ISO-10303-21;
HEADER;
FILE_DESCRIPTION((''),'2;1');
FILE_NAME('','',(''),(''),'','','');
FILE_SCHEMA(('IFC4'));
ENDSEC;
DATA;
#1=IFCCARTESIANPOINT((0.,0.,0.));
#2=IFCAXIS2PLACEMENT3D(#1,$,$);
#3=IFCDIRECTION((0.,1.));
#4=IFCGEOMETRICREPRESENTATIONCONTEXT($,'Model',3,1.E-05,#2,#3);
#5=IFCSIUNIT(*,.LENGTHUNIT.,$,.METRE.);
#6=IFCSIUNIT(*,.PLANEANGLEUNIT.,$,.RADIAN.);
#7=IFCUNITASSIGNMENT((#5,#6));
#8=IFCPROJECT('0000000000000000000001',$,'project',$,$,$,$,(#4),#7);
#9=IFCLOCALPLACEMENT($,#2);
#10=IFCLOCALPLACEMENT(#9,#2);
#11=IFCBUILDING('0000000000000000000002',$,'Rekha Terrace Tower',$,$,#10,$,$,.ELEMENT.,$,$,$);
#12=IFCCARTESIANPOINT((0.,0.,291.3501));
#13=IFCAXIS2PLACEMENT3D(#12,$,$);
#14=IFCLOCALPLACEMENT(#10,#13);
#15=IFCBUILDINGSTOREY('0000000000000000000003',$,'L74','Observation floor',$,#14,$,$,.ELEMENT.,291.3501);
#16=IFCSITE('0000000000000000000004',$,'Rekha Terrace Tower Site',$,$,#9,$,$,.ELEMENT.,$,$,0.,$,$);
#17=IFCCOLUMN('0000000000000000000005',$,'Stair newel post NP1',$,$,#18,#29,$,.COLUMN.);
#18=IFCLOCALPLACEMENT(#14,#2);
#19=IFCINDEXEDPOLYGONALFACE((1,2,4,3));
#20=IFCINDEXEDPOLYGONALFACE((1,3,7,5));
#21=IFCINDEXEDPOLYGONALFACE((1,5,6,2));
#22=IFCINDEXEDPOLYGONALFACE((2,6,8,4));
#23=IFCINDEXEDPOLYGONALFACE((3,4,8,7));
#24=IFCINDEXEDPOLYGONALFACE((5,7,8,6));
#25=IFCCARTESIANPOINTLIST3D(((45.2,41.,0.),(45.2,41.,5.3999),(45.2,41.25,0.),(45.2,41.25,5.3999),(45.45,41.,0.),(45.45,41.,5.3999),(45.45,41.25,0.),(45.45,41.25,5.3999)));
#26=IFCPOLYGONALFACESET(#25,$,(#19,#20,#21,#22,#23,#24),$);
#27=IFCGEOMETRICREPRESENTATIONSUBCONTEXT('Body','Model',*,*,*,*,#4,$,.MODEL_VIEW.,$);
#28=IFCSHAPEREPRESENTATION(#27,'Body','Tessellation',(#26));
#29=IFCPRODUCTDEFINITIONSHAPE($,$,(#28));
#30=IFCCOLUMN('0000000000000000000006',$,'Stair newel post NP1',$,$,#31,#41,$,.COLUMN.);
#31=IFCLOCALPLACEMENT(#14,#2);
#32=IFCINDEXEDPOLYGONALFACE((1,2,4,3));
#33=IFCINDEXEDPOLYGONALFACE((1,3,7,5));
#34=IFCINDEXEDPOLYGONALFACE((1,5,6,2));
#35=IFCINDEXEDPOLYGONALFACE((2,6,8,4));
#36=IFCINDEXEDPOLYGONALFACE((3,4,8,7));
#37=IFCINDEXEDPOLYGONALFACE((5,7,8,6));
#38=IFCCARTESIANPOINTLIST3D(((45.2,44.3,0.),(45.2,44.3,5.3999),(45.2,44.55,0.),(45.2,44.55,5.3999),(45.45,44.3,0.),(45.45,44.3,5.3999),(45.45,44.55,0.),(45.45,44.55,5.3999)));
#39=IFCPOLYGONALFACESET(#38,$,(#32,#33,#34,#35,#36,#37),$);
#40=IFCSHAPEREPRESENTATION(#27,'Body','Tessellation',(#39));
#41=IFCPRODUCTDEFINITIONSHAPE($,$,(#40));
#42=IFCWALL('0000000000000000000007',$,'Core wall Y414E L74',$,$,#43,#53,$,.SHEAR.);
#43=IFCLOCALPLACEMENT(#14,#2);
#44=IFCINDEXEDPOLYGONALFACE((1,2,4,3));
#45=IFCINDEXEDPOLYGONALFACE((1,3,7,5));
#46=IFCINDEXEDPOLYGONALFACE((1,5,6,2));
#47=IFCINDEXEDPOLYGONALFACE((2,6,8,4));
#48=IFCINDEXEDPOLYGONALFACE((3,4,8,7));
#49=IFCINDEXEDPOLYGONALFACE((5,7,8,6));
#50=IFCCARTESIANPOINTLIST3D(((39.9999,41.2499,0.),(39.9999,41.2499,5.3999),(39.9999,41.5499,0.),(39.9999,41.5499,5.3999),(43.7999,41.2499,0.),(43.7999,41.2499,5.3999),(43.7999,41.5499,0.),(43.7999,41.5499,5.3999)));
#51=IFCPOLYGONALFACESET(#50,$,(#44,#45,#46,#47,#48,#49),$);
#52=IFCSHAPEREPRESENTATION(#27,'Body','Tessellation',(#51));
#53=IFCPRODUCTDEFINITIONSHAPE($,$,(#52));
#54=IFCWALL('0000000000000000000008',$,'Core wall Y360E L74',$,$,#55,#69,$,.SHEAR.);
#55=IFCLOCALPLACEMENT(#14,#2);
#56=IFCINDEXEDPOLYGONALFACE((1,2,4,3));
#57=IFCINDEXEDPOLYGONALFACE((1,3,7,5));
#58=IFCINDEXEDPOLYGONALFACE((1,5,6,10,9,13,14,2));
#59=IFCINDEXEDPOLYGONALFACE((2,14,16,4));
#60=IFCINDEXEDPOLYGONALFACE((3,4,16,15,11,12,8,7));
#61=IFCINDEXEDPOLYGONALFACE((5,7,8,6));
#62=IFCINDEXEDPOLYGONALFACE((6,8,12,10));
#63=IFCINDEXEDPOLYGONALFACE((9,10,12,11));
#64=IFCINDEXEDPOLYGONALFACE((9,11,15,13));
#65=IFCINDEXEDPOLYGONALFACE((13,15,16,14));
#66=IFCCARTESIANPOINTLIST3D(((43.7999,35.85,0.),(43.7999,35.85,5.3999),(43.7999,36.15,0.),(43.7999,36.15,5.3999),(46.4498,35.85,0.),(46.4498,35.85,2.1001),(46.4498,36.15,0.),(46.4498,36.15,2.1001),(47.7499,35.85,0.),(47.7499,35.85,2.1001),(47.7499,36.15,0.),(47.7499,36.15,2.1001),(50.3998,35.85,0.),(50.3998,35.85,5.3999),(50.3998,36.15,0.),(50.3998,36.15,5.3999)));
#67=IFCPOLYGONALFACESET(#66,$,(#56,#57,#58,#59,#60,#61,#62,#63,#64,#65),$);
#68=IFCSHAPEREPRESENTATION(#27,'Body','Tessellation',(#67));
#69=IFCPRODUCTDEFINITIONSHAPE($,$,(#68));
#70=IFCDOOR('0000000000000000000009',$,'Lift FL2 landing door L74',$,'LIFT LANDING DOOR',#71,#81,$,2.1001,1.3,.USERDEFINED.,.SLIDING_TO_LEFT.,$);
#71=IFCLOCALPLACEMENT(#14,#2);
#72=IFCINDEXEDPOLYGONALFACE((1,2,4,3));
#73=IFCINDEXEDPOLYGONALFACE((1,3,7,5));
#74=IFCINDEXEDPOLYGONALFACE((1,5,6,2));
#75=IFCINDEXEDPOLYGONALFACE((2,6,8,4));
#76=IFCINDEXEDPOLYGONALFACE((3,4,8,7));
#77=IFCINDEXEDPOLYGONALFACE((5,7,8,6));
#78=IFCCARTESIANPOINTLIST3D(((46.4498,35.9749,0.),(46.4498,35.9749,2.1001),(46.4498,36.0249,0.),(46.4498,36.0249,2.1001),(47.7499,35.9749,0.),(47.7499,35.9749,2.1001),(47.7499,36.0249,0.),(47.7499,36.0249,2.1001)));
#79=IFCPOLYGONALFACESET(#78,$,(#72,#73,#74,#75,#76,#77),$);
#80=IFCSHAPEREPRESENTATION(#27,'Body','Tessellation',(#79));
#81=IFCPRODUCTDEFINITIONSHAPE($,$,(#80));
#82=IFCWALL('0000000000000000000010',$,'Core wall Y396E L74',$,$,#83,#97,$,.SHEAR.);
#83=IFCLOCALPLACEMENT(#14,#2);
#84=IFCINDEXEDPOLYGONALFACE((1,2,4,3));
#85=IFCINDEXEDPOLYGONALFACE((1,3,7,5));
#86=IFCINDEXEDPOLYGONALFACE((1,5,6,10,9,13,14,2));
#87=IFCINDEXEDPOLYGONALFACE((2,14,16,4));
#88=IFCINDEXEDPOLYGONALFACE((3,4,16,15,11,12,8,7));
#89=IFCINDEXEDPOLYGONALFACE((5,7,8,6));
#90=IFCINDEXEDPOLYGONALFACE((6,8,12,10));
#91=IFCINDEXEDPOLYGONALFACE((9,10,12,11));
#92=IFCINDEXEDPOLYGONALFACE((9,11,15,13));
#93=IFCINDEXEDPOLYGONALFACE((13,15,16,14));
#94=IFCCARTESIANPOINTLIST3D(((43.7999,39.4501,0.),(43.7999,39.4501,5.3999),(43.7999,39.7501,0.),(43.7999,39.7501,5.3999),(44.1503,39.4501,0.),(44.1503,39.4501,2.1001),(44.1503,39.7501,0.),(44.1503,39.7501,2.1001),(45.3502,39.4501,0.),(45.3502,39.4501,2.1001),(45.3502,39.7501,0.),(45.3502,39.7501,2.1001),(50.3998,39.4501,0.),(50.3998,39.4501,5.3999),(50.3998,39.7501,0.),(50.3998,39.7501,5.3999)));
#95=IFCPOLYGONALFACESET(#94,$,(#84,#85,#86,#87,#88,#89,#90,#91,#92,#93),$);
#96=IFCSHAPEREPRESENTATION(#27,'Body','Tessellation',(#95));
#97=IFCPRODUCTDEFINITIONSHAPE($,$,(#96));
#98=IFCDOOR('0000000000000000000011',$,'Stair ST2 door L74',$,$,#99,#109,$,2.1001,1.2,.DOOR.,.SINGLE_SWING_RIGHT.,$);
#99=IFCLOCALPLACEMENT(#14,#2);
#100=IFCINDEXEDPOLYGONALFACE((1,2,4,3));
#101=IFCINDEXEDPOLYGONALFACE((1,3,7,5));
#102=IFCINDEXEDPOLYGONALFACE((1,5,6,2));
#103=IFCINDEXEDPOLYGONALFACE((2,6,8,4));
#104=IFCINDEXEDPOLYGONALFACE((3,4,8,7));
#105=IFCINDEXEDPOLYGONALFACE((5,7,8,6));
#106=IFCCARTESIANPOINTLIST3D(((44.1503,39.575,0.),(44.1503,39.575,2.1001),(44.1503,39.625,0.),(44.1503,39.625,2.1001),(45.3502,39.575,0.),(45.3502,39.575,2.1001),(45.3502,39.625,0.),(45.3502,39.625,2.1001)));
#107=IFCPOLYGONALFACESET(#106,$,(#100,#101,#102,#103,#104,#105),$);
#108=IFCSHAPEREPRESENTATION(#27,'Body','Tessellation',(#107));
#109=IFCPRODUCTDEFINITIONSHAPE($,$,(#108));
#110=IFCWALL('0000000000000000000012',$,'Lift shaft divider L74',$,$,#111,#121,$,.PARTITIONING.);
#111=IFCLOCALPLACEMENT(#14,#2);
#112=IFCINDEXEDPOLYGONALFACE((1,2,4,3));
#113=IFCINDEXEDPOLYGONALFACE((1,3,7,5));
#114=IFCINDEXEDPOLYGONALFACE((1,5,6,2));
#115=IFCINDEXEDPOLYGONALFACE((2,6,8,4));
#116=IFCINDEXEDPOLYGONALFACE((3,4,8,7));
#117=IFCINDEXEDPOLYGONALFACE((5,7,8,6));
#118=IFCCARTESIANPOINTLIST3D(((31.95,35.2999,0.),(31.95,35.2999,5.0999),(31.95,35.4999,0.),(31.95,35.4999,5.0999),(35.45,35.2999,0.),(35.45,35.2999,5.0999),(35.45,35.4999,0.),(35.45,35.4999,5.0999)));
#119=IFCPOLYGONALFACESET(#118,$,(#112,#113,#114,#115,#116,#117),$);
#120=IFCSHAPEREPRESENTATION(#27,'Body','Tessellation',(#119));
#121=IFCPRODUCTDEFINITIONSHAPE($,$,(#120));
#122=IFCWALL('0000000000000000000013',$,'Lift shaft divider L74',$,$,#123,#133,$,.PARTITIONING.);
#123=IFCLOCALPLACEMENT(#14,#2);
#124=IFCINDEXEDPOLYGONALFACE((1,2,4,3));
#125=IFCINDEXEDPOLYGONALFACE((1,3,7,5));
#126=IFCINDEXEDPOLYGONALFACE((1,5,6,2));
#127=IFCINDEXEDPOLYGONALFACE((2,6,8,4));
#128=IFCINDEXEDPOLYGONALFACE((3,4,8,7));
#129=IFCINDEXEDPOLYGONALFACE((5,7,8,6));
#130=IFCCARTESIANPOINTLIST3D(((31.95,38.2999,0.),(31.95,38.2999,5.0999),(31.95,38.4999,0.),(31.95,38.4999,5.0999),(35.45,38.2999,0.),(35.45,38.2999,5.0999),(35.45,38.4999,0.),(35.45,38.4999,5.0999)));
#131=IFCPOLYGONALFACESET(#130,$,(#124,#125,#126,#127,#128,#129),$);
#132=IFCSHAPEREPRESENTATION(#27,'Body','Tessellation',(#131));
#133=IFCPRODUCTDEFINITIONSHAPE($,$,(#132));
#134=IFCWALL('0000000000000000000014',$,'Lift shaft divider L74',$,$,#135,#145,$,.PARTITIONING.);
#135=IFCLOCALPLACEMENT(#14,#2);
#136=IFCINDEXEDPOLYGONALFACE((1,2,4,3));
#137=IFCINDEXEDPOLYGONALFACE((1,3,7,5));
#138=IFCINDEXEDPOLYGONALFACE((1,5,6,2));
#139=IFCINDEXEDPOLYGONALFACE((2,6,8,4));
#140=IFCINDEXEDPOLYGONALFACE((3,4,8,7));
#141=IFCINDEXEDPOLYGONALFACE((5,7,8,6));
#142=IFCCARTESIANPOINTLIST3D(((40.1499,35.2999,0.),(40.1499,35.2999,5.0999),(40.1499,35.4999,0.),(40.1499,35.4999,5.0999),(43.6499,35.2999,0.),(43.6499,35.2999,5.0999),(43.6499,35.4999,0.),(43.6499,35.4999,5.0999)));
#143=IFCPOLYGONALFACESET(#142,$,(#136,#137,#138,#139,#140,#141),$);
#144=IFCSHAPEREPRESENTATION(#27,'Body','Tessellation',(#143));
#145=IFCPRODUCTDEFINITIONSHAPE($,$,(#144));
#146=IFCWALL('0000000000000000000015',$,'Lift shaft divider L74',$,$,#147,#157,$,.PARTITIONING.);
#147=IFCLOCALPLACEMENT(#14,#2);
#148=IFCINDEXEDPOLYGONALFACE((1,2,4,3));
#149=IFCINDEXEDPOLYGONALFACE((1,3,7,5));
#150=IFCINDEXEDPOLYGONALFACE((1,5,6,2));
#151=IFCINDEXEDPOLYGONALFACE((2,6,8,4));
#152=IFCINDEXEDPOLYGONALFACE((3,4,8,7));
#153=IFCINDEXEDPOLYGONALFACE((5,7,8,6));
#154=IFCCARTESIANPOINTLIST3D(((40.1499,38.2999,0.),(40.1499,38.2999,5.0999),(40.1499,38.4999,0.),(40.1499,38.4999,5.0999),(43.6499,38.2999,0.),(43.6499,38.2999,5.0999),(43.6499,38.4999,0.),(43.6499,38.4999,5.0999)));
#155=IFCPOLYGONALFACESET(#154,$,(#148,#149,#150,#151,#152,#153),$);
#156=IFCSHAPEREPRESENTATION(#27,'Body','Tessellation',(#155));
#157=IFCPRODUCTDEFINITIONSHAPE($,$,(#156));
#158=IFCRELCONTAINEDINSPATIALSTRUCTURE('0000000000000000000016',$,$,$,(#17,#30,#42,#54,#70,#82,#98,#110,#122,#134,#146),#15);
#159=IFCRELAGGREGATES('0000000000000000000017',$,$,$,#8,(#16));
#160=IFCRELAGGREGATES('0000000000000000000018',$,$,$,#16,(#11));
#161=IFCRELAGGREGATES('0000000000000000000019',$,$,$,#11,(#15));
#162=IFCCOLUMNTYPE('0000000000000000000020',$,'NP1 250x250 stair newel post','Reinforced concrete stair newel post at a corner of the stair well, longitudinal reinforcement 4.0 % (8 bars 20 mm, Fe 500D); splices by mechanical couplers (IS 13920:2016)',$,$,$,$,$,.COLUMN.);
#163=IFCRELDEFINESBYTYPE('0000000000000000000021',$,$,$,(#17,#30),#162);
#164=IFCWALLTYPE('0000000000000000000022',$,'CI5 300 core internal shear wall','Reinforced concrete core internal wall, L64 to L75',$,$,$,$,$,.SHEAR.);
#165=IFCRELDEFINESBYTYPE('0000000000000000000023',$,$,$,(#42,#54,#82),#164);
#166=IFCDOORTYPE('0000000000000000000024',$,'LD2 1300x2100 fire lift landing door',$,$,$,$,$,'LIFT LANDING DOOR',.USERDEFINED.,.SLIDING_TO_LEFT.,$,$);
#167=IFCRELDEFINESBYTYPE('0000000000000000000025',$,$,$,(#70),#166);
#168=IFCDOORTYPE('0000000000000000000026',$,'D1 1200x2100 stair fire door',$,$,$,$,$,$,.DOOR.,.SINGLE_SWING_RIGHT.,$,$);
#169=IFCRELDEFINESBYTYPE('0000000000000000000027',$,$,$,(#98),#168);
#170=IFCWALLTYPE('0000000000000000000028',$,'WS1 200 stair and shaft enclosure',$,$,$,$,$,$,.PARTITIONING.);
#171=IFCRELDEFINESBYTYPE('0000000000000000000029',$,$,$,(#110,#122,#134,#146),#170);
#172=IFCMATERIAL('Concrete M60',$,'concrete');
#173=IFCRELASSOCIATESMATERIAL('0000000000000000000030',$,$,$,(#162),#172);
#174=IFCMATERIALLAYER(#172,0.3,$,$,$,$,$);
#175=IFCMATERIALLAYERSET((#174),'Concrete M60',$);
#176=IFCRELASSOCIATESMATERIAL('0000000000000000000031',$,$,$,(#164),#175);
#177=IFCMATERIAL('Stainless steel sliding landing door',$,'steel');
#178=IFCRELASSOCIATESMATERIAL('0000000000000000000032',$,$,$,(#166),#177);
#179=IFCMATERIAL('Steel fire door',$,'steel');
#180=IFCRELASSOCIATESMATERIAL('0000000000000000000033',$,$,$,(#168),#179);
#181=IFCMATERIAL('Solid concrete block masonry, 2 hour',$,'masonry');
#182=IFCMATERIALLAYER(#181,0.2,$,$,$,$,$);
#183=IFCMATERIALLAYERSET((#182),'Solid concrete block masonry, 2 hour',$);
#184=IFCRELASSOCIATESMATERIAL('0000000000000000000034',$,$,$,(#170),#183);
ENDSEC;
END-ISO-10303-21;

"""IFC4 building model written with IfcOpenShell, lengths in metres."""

from ifc_helpers import new_model, si_unit, direction, frame, frame_2d, origin, origin_2d, place, context, subcontext, project, spatial, rectangle, extrude, material, layer, layer_set, material_profile, profile_set, type_object, element, fill, save


model = new_model("IFC4")

# Units and contexts
model_context = context("Model", 3, precision=1e-05, world=origin(), true_north=direction((0.0, 1.0)))
body_context = subcontext(model_context, "Body", "Model", "MODEL_VIEW")
ifc_project = project(units=[si_unit("LENGTHUNIT", "METRE"), si_unit("PLANEANGLEUNIT", "RADIAN")], contexts=[model_context])

# Site, building, storey
site_placement = place(None, origin())
site = spatial("IfcSite", under=ifc_project, at=site_placement, Name="Rekha Terrace Tower Site", CompositionType="ELEMENT", RefElevation=0.0)
building_placement = place(site_placement, origin())
building = spatial("IfcBuilding", under=site, at=building_placement, Name="Rekha Terrace Tower", CompositionType="ELEMENT")
storey_placement = place(building_placement, frame((0.0, 0.0, 291.3501)))
storey = spatial("IfcBuildingStorey", under=building, at=storey_placement, Name="L74", Description="Observation floor", CompositionType="ELEMENT", Elevation=291.3501)

# Columns
ifc_material_1 = material(Name="Concrete M60", Category="concrete")
ifc_material_profile = material_profile(ifc_material_1, rectangle(XDim=0.25, YDim=0.25, at=origin_2d()), Name="RC 250x250")
ifc_profile_set = profile_set([ifc_material_profile], Name="Concrete M60")
column_type = type_object("IfcColumnType", Name="NP1 250x250 stair newel post", Description="Reinforced concrete stair newel post at a corner of the stair well, longitudinal reinforcement 4.0 % (8 bars 20 mm, Fe 500D); splices by mechanical couplers (IS 13920:2016)", PredefinedType="COLUMN", material=ifc_profile_set)
for number, where, z_axis, x_axis, name in (
    (1, (45.325, 41.125, 0.0), (0.0, 0.0, 1.0), (1.0, 0.0, 0.0), "Stair newel post NP1"),
    (2, (45.325, 44.425, 0.0), (0.0, 0.0, 1.0), (1.0, 0.0, 0.0), "Stair newel post NP1"),
):
    element("IfcColumn", number, at=place(storey_placement, frame(where, z_axis=z_axis, x_axis=x_axis)), inside=storey, type_object=column_type, Name=name, PredefinedType="COLUMN", context=body_context, shape_type="SweptSolid", body=[
        extrude(rectangle(XDim=0.25, YDim=0.25, at=origin_2d()), origin(), (0.0, 0.0, 1.0), 5.3999),
    ])

# Wall
ifc_layer_1 = layer(ifc_material_1, 0.3)
ifc_layer_set_1 = layer_set([ifc_layer_1], Name="Concrete M60")
wall_type_1 = type_object("IfcWallType", Name="CI5 300 core internal shear wall", Description="Reinforced concrete core internal wall, L64 to L75", PredefinedType="SHEAR", material=ifc_layer_set_1)
wall_1_placement = place(storey_placement, frame((40.0, 41.3999, 0.0), z_axis=(0.0, 0.0, 1.0), x_axis=(1.0, 0.0, 0.0)))
element("IfcWall", 3, at=wall_1_placement, inside=storey, type_object=wall_type_1, Name="Core wall Y414E L74", PredefinedType="SHEAR", context=body_context, shape_type="SweptSolid", body=[
    extrude(rectangle(XDim=3.8, YDim=0.3, at=frame_2d((1.8999, 0.0))), origin(), (0.0, 0.0, 1.0), 5.3999),
])

# Walls, openings, doors
wall_2_placement = place(storey_placement, frame((43.8, 36.0, 0.0), z_axis=(0.0, 0.0, 1.0), x_axis=(1.0, 0.0, 0.0)))
wall_2 = element("IfcWall", 4, at=wall_2_placement, inside=storey, type_object=wall_type_1, Name="Core wall Y360E L74", PredefinedType="SHEAR", context=body_context, shape_type="SweptSolid", body=[
    extrude(rectangle(XDim=6.5999, YDim=0.3, at=frame_2d((3.2998, 0.0))), origin(), (0.0, 0.0, 1.0), 5.3999),
])
opening_1_placement = place(wall_2_placement, frame((2.6499, 0.0, 0.0)))
opening_1 = element("IfcOpeningElement", 5, at=opening_1_placement, cuts=wall_2, PredefinedType="OPENING", context=body_context, shape_type="SweptSolid", body=[
    extrude(rectangle(XDim=1.3, YDim=2.1001, at=frame_2d((0.6499, 1.05))), frame((0.0, 0.1599, 0.0), z_axis=(0.0, -1.0, 0.0), x_axis=(1.0, 0.0, 0.0)), (0.0, 0.0, 1.0), 0.3201),
])
ifc_material_2 = material(Name="Stainless steel sliding landing door", Category="steel")
door_type_1 = type_object("IfcDoorType", Name="LD2 1300x2100 fire lift landing door", ElementType="LIFT LANDING DOOR", OperationType="SLIDING_TO_LEFT", PredefinedType="USERDEFINED", material=ifc_material_2)
door_1_placement = place(opening_1_placement, origin())
door_1 = element("IfcDoor", 6, at=door_1_placement, inside=storey, type_object=door_type_1, Name="Lift FL2 landing door L74", ObjectType="LIFT LANDING DOOR", OperationType="SLIDING_TO_LEFT", OverallHeight=2.1001, OverallWidth=1.3, PredefinedType="USERDEFINED", context=body_context, shape_type="SweptSolid", body=[
    extrude(rectangle(XDim=1.3, YDim=2.1001, at=frame_2d((0.6499, 1.05))), frame((0.0, 0.0249, 0.0), z_axis=(0.0, -1.0, 0.0), x_axis=(1.0, 0.0, 0.0)), (0.0, 0.0, 1.0), 0.05),
])
fill(opening_1, door_1)
wall_3_placement = place(storey_placement, frame((43.8, 39.6001, 0.0), z_axis=(0.0, 0.0, 1.0), x_axis=(1.0, 0.0, 0.0)))
wall_3 = element("IfcWall", 7, at=wall_3_placement, inside=storey, type_object=wall_type_1, Name="Core wall Y396E L74", PredefinedType="SHEAR", context=body_context, shape_type="SweptSolid", body=[
    extrude(rectangle(XDim=6.5999, YDim=0.3, at=frame_2d((3.2998, 0.0))), origin(), (0.0, 0.0, 1.0), 5.3999),
])
opening_2_placement = place(wall_3_placement, frame((0.3501, 0.0, 0.0)))
opening_2 = element("IfcOpeningElement", 8, at=opening_2_placement, cuts=wall_3, PredefinedType="OPENING", context=body_context, shape_type="SweptSolid", body=[
    extrude(rectangle(XDim=1.2, YDim=2.1001, at=frame_2d((0.6001, 1.05))), frame((0.0, 0.1599, 0.0), z_axis=(0.0, -1.0, 0.0), x_axis=(1.0, 0.0, 0.0)), (0.0, 0.0, 1.0), 0.3201),
])
ifc_material_3 = material(Name="Steel fire door", Category="steel")
door_type_2 = type_object("IfcDoorType", Name="D1 1200x2100 stair fire door", OperationType="SINGLE_SWING_RIGHT", PredefinedType="DOOR", material=ifc_material_3)
door_2_placement = place(opening_2_placement, origin())
door_2 = element("IfcDoor", 9, at=door_2_placement, inside=storey, type_object=door_type_2, Name="Stair ST2 door L74", OperationType="SINGLE_SWING_RIGHT", OverallHeight=2.1001, OverallWidth=1.2, PredefinedType="DOOR", context=body_context, shape_type="SweptSolid", body=[
    extrude(rectangle(XDim=1.2, YDim=2.1001, at=frame_2d((0.6001, 1.05))), frame((0.0, 0.0249, 0.0), z_axis=(0.0, -1.0, 0.0), x_axis=(1.0, 0.0, 0.0)), (0.0, 0.0, 1.0), 0.05),
])
fill(opening_2, door_2)

# Walls
ifc_material_4 = material(Name="Solid concrete block masonry, 2 hour", Category="masonry")
ifc_layer_2 = layer(ifc_material_4, 0.2)
ifc_layer_set_2 = layer_set([ifc_layer_2], Name="Solid concrete block masonry, 2 hour")
wall_type_2 = type_object("IfcWallType", Name="WS1 200 stair and shaft enclosure", PredefinedType="PARTITIONING", material=ifc_layer_set_2)
for number, where, z_axis, x_axis, name in (
    (10, (31.95, 35.3999, 0.0), (0.0, 0.0, 1.0), (1.0, 0.0, 0.0), "Lift shaft divider L74"),
    (11, (31.95, 38.3999, 0.0), (0.0, 0.0, 1.0), (1.0, 0.0, 0.0), "Lift shaft divider L74"),
    (12, (40.1499, 35.3999, 0.0), (0.0, 0.0, 1.0), (1.0, 0.0, 0.0), "Lift shaft divider L74"),
    (13, (40.1499, 38.3999, 0.0), (0.0, 0.0, 1.0), (1.0, 0.0, 0.0), "Lift shaft divider L74"),
):
    element("IfcWall", number, at=place(storey_placement, frame(where, z_axis=z_axis, x_axis=x_axis)), inside=storey, type_object=wall_type_2, Name=name, PredefinedType="PARTITIONING", context=body_context, shape_type="SweptSolid", body=[
        extrude(rectangle(XDim=3.5, YDim=0.2, at=frame_2d((1.75, 0.0))), origin(), (0.0, 0.0, 1.0), 5.0999),
    ])

save(model, "model.ifc")
